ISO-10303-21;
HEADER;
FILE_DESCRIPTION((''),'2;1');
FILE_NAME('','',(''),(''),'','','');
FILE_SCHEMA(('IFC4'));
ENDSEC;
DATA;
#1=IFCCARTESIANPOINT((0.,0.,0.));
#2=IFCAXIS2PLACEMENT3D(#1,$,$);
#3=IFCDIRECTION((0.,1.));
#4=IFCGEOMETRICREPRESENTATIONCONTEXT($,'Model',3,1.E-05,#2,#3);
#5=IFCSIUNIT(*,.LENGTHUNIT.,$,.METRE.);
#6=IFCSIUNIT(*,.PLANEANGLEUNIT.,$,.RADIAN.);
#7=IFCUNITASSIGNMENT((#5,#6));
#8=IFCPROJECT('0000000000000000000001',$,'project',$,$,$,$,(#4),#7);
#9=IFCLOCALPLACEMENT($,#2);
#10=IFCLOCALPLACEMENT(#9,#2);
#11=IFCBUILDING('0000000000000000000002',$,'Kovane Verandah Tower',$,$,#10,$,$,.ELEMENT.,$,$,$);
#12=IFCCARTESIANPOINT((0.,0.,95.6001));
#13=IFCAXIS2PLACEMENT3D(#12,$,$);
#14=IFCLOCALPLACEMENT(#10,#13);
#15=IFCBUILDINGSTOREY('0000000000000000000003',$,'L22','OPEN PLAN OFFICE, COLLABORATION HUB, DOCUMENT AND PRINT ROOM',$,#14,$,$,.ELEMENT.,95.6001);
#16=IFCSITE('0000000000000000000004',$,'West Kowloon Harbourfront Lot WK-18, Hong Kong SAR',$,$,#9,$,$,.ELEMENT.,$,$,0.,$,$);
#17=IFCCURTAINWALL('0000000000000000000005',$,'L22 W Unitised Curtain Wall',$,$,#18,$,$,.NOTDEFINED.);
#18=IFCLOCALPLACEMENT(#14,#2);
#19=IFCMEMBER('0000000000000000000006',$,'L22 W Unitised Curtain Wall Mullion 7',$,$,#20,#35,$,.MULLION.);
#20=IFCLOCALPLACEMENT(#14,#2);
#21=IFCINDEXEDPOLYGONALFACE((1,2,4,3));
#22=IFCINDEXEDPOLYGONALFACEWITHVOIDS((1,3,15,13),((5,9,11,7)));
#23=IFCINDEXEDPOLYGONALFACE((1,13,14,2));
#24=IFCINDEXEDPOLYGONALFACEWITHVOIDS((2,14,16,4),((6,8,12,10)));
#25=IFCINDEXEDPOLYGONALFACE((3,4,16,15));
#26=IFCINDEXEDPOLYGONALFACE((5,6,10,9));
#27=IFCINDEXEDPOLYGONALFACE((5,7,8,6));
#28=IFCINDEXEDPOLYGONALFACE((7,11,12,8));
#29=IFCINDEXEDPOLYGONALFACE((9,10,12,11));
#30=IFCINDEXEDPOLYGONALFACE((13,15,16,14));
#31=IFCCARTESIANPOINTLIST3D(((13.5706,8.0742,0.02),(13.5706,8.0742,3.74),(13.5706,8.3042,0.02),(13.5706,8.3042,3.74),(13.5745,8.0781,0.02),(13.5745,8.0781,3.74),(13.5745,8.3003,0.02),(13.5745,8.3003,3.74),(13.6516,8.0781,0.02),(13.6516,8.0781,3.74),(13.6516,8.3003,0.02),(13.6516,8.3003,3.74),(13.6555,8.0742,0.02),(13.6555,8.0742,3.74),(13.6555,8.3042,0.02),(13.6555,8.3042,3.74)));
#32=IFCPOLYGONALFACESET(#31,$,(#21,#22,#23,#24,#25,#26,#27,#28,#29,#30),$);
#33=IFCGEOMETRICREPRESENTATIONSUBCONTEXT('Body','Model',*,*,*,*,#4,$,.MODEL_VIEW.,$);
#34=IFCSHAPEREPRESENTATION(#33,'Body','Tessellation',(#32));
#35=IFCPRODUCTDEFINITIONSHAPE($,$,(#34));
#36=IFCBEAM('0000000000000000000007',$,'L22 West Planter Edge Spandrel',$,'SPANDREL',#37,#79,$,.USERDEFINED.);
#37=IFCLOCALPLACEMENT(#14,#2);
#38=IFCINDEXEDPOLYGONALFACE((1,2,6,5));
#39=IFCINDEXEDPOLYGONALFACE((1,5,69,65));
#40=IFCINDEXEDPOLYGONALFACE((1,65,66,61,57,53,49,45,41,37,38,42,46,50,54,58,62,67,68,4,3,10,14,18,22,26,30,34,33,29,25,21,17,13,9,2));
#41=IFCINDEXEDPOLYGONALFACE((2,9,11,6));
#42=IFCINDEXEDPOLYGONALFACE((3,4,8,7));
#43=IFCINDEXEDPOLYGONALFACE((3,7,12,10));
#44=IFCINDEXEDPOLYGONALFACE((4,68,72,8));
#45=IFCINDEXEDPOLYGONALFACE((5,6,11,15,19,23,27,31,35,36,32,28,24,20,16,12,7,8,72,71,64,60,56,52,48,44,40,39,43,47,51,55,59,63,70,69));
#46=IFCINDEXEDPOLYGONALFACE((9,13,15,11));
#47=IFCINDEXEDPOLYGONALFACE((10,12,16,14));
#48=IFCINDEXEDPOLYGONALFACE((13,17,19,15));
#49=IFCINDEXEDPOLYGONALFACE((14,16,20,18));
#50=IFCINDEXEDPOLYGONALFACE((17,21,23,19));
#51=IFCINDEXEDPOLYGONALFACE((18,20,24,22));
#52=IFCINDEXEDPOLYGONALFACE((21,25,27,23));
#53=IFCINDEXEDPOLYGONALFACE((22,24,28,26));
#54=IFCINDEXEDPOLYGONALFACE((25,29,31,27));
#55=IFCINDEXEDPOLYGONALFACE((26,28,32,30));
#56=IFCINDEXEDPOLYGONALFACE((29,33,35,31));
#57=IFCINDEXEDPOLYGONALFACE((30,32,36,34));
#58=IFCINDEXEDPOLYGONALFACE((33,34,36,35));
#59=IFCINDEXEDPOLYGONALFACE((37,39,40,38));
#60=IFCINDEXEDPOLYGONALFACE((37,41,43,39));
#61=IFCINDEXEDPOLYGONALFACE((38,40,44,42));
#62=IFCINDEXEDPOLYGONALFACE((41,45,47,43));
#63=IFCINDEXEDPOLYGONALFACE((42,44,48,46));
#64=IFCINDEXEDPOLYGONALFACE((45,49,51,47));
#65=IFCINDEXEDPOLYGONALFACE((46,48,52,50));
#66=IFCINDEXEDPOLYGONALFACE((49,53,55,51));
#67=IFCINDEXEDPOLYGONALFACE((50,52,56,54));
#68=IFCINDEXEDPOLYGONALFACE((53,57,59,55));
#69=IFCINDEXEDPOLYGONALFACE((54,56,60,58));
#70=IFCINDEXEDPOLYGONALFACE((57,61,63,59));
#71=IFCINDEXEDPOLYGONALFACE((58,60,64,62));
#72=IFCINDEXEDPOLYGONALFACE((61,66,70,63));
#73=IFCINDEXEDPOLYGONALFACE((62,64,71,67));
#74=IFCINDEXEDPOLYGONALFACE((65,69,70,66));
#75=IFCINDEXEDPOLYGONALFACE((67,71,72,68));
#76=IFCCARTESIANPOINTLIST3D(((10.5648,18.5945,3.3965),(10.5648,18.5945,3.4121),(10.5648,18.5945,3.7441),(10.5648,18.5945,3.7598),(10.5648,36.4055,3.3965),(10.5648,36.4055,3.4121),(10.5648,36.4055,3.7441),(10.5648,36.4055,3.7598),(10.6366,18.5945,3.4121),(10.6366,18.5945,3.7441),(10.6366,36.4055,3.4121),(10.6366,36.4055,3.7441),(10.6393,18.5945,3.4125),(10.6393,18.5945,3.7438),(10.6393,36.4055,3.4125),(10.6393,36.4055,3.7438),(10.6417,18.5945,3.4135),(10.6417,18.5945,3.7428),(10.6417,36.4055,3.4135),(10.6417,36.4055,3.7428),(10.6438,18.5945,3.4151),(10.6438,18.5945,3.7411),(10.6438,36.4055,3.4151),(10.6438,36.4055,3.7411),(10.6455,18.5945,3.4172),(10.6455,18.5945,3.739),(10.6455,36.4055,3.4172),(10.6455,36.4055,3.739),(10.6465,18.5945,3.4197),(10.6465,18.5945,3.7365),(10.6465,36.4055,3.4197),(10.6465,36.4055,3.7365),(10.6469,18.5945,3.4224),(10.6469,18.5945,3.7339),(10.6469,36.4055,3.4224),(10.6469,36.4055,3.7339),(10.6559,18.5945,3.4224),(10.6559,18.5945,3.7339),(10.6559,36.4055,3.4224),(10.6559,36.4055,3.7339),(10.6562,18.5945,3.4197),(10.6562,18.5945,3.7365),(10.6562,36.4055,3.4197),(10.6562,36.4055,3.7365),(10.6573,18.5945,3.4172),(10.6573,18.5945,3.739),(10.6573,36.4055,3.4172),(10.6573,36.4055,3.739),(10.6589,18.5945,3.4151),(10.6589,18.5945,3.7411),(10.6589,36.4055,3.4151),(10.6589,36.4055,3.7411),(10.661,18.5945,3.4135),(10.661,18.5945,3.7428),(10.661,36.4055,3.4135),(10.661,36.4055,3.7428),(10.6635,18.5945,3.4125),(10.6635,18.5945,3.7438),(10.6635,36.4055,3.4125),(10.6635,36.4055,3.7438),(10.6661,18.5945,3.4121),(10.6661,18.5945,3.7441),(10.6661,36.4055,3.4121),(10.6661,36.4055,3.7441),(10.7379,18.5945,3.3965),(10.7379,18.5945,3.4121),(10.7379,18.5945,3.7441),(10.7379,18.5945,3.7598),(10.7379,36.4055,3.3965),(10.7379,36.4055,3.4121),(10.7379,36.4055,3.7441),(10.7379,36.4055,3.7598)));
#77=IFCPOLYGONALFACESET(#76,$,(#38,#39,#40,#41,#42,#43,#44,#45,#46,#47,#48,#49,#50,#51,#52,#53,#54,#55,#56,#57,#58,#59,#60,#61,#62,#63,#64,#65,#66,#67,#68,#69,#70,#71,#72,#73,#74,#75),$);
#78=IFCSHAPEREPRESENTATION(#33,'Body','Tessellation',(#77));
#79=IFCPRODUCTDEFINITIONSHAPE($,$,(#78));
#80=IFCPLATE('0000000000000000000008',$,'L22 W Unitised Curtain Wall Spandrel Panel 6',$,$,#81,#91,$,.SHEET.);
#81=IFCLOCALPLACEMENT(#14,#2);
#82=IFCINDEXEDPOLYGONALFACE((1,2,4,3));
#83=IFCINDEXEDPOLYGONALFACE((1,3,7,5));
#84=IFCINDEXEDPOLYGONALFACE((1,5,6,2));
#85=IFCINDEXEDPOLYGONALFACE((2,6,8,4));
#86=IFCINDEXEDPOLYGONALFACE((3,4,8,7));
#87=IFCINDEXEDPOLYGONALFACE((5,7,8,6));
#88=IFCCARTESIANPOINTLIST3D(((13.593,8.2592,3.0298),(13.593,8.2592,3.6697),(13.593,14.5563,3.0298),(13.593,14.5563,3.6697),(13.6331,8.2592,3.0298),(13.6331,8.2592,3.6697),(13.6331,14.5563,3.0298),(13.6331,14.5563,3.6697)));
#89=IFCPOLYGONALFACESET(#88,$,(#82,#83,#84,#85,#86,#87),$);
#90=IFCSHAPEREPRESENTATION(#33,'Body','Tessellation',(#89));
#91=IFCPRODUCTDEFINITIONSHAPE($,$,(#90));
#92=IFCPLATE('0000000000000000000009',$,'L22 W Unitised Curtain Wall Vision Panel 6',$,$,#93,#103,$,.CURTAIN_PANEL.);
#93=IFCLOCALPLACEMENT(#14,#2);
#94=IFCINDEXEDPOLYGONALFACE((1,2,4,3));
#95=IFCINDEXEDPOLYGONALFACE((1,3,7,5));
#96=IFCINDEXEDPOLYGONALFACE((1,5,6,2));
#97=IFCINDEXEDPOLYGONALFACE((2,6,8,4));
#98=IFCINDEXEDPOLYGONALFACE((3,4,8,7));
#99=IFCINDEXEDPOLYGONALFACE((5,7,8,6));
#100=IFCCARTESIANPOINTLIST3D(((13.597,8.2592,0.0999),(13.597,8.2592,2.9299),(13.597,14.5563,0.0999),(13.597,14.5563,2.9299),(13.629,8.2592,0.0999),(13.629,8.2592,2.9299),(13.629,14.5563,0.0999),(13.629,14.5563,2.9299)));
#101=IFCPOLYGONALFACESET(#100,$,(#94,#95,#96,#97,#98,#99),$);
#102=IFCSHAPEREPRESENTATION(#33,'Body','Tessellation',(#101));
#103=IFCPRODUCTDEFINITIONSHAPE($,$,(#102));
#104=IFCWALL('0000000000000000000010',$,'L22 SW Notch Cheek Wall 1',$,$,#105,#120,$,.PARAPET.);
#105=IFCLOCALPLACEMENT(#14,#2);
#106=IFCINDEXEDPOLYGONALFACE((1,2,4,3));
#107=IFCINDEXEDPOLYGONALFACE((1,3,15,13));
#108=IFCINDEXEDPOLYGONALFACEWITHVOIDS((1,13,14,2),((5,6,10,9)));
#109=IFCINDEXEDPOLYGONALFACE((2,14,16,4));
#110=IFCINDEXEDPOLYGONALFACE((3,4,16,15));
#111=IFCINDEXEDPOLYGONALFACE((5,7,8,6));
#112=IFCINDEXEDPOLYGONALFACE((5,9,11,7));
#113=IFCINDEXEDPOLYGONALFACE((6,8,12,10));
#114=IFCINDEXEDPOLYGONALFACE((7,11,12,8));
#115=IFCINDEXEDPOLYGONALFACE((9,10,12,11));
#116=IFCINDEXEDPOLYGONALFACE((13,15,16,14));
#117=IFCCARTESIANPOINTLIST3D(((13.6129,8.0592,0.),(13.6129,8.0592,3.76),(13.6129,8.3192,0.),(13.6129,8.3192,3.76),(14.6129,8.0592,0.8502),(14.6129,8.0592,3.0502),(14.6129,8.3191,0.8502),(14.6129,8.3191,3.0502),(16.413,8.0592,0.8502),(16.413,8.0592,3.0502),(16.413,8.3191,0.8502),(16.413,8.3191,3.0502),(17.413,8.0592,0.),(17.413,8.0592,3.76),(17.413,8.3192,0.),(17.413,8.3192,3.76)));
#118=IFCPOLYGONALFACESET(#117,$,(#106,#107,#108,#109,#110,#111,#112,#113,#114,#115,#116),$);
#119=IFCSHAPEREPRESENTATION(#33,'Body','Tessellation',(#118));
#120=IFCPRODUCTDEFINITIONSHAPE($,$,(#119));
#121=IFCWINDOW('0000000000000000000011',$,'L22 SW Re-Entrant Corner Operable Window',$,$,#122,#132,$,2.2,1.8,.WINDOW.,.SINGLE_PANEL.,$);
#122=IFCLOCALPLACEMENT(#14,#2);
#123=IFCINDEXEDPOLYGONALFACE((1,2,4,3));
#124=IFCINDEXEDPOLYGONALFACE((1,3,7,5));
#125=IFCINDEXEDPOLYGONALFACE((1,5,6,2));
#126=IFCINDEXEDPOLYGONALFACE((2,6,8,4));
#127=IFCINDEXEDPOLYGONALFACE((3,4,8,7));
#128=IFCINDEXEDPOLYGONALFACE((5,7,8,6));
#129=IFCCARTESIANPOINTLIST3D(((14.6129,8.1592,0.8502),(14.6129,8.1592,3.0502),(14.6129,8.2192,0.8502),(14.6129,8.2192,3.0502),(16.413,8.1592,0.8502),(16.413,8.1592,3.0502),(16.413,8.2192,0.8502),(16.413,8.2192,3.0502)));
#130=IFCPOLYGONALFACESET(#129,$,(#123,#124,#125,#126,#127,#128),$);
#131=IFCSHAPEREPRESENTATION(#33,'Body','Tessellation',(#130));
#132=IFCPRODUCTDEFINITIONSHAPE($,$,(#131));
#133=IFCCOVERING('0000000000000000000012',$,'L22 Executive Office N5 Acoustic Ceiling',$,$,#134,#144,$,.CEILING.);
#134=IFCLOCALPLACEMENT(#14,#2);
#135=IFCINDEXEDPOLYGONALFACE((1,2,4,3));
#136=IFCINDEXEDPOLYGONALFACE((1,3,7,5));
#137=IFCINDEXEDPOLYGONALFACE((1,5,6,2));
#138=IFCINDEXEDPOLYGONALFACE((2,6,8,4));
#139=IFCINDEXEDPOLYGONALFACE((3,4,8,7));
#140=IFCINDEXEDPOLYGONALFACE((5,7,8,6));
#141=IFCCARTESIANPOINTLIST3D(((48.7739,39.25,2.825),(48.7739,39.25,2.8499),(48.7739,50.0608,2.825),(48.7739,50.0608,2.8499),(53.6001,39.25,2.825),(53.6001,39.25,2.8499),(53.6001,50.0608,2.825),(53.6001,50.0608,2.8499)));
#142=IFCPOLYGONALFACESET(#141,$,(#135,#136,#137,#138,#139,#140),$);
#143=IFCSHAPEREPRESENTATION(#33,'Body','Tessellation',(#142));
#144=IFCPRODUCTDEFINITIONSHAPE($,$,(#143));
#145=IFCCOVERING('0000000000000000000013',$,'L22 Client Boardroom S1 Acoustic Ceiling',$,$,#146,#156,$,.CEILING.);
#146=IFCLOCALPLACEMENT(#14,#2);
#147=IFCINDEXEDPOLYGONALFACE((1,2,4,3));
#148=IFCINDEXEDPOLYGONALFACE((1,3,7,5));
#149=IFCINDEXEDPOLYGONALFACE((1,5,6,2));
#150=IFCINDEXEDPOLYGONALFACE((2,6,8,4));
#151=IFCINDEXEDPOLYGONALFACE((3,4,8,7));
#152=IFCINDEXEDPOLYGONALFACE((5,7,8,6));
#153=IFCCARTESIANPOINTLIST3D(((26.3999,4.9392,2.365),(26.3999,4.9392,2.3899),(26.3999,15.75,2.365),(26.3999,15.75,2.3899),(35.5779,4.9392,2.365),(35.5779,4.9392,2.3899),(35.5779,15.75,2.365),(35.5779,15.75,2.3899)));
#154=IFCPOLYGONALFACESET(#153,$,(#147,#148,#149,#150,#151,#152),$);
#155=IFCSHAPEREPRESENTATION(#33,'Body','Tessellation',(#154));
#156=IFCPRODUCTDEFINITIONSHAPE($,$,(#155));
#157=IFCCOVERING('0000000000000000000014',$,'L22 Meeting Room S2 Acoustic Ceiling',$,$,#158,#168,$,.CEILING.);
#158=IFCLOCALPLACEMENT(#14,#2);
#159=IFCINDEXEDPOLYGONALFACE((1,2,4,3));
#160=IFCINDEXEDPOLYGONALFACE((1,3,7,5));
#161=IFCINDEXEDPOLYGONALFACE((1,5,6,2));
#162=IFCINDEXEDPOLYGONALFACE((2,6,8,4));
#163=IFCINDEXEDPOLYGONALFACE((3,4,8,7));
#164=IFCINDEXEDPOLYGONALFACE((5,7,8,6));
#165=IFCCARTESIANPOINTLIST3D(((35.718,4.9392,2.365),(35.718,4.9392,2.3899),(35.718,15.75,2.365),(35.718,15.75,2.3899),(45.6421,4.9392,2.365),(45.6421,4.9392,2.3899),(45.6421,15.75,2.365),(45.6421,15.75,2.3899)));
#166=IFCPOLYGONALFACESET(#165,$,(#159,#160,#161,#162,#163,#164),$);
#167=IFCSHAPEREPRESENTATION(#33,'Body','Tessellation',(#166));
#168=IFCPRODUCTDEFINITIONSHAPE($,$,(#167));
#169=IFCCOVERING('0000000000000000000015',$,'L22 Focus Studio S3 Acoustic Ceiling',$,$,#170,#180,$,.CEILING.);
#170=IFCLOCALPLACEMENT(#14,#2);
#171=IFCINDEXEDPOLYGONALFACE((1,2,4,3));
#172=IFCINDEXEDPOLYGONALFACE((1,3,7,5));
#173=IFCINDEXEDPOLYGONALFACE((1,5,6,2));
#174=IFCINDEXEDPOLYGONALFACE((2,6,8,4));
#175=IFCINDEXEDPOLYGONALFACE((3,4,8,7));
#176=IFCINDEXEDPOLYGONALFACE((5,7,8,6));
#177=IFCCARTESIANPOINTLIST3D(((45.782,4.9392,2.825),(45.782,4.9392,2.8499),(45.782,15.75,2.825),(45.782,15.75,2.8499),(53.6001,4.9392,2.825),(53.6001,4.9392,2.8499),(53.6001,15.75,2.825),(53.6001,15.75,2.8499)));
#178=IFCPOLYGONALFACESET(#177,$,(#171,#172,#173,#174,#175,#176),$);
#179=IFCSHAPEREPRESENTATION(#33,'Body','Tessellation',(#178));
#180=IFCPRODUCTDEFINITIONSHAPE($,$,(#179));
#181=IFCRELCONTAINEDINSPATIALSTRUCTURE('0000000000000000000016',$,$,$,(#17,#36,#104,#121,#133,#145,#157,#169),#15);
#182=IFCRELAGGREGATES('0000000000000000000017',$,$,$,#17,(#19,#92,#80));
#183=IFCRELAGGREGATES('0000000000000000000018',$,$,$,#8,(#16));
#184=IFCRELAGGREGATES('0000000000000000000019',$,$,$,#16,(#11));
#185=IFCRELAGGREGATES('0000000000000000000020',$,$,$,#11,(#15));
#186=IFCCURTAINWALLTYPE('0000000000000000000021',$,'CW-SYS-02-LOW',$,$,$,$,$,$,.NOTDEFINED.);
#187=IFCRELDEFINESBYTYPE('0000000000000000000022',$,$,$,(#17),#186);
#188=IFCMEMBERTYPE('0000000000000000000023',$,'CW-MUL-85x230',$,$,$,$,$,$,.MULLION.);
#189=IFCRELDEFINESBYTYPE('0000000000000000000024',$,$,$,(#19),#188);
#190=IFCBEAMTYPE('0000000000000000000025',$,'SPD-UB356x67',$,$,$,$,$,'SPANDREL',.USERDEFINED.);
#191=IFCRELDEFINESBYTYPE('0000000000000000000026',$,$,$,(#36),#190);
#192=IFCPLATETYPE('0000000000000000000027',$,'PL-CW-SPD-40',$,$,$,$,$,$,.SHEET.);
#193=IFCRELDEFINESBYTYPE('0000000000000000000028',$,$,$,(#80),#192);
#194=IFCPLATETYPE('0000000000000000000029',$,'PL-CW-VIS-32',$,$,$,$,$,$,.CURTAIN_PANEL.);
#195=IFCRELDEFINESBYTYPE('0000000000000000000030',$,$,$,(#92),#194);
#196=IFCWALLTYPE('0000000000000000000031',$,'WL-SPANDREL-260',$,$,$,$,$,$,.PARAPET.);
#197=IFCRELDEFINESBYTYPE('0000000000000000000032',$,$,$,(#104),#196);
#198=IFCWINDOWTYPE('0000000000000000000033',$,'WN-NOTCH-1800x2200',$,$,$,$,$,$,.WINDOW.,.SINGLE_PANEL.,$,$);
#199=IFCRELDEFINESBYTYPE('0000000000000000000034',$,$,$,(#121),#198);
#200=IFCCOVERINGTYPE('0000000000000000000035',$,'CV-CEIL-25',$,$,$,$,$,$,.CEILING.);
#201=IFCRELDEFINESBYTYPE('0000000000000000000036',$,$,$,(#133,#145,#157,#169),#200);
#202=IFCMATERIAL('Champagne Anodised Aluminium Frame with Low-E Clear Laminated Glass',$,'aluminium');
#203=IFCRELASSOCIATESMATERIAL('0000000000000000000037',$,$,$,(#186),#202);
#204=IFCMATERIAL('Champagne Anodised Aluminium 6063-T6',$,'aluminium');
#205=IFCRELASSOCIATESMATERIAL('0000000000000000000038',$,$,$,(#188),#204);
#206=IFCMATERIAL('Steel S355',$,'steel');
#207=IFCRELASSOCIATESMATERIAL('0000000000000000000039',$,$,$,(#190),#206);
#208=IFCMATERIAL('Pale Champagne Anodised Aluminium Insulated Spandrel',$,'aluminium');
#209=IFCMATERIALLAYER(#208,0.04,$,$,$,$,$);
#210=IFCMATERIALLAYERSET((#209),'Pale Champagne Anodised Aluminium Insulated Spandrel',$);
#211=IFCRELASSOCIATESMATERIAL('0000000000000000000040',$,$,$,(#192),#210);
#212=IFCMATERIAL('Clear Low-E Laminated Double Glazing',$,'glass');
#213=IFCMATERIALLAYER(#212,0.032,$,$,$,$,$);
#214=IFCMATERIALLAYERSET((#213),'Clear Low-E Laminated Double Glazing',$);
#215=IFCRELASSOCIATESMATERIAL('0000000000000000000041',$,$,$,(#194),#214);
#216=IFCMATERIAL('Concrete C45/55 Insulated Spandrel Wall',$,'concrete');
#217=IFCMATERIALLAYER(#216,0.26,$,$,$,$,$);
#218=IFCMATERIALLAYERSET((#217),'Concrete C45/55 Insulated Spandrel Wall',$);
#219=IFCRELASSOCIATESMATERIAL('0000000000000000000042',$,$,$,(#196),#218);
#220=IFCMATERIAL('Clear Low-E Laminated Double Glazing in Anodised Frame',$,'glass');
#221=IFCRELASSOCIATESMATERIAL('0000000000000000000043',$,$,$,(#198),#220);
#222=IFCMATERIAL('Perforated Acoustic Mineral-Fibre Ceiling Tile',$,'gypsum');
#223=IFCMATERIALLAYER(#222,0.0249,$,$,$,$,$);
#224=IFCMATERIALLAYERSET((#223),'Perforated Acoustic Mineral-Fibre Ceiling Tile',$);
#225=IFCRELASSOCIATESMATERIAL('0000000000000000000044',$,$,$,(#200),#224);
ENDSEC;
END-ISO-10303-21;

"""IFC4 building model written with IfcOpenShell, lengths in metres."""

from ifc_helpers import new_model, si_unit, direction, frame, frame_2d, origin, origin_2d, place, context, subcontext, project, spatial, polyline, rectangle, hollow_rectangle, i_section, outline, extrude, material, layer, layer_set, material_profile, profile_set, type_object, element, fill, aggregate, save


model = new_model("IFC4")

# Units and contexts
model_context = context("Model", 3, precision=1e-05, world=origin(), true_north=direction((0.0, 1.0)))
body_context = subcontext(model_context, "Body", "Model", "MODEL_VIEW")
ifc_project = project(units=[si_unit("LENGTHUNIT", "METRE"), si_unit("PLANEANGLEUNIT", "RADIAN")], contexts=[model_context])

# Site, building, storey
site_placement = place(None, origin())
site = spatial("IfcSite", under=ifc_project, at=site_placement, Name="West Kowloon Harbourfront Lot WK-18, Hong Kong SAR", CompositionType="ELEMENT", RefElevation=0.0)
building_placement = place(site_placement, origin())
building = spatial("IfcBuilding", under=site, at=building_placement, Name="Kovane Verandah Tower", CompositionType="ELEMENT")
storey_placement = place(building_placement, frame((0.0, 0.0, 95.6001)))
storey = spatial("IfcBuildingStorey", under=building, at=storey_placement, Name="L22", Description="OPEN PLAN OFFICE, COLLABORATION HUB, DOCUMENT AND PRINT ROOM", CompositionType="ELEMENT", Elevation=95.6001)

# Curtain wall, member
ifc_material_1 = material(Name="Champagne Anodised Aluminium Frame with Low-E Clear Laminated Glass", Category="aluminium")
curtain_wall_type = type_object("IfcCurtainWallType", Name="CW-SYS-02-LOW", PredefinedType="NOTDEFINED", material=ifc_material_1)
curtain_wall_placement = place(storey_placement, origin())
curtain_wall = element("IfcCurtainWall", 1, at=curtain_wall_placement, inside=storey, type_object=curtain_wall_type, Name="L22 W Unitised Curtain Wall", PredefinedType="NOTDEFINED")
ifc_material_2 = material(Name="Champagne Anodised Aluminium 6063-T6", Category="aluminium")
ifc_material_profile_1 = material_profile(ifc_material_2, hollow_rectangle(XDim=0.085, YDim=0.23, WallThickness=0.0039, at=origin_2d()), Name="AL85x230x4")
ifc_profile_set_1 = profile_set([ifc_material_profile_1], Name="Champagne Anodised Aluminium 6063-T6")
member_type = type_object("IfcMemberType", Name="CW-MUL-85x230", PredefinedType="MULLION", material=ifc_profile_set_1)
member_placement = place(storey_placement, frame((13.613, 8.1892, 0.02), z_axis=(0.0, 0.0, 1.0), x_axis=(-1.0, 0.0, 0.0)))
member = element("IfcMember", 2, at=member_placement, type_object=member_type, Name="L22 W Unitised Curtain Wall Mullion 7", PredefinedType="MULLION", context=body_context, shape_type="SweptSolid", body=[
    extrude(hollow_rectangle(XDim=0.085, YDim=0.23, WallThickness=0.0039, at=origin_2d()), origin(), (0.0, 0.0, 1.0), 3.72),
])

# Beam
ifc_material_3 = material(Name="Steel S355", Category="steel")
ifc_material_profile_2 = material_profile(ifc_material_3, i_section(OverallWidth=0.1731, OverallDepth=0.3633, WebThickness=0.009, FlangeThickness=0.0156, FilletRadius=0.0103, at=origin_2d()), Name="UB356x171x67")
ifc_profile_set_2 = profile_set([ifc_material_profile_2], Name="Steel S355")
beam_type = type_object("IfcBeamType", Name="SPD-UB356x67", ElementType="SPANDREL", PredefinedType="USERDEFINED", material=ifc_profile_set_2)
beam_placement = place(storey_placement, frame((10.6514, 18.5945, 3.5781), z_axis=(0.0, 1.0, 0.0), x_axis=(-1.0, 0.0, 0.0)))
element("IfcBeam", 3, at=beam_placement, inside=storey, type_object=beam_type, Name="L22 West Planter Edge Spandrel", ObjectType="SPANDREL", PredefinedType="USERDEFINED", context=body_context, shape_type="SweptSolid", body=[
    extrude(i_section(OverallWidth=0.1731, OverallDepth=0.3633, WebThickness=0.009, FlangeThickness=0.0156, FilletRadius=0.0103, at=origin_2d()), origin(), (0.0, 0.0, 1.0), 17.811),
])

# Plates
ifc_material_4 = material(Name="Pale Champagne Anodised Aluminium Insulated Spandrel", Category="aluminium")
ifc_layer_1 = layer(ifc_material_4, 0.04)
ifc_layer_set_1 = layer_set([ifc_layer_1], Name="Pale Champagne Anodised Aluminium Insulated Spandrel")
plate_type_1 = type_object("IfcPlateType", Name="PL-CW-SPD-40", PredefinedType="SHEET", material=ifc_layer_set_1)
plate_1_placement = place(storey_placement, frame((13.613, 11.4077, 3.0298), z_axis=(0.0, 0.0, 1.0), x_axis=(0.0, -1.0, 0.0)))
plate_1 = element("IfcPlate", 4, at=plate_1_placement, type_object=plate_type_1, Name="L22 W Unitised Curtain Wall Spandrel Panel 6", PredefinedType="SHEET", context=body_context, shape_type="SweptSolid", body=[
    extrude(rectangle(XDim=6.2971, YDim=0.04, at=origin_2d()), origin(), (0.0, 0.0, 1.0), 0.6399),
])
ifc_material_5 = material(Name="Clear Low-E Laminated Double Glazing", Category="glass")
ifc_layer_2 = layer(ifc_material_5, 0.032)
ifc_layer_set_2 = layer_set([ifc_layer_2], Name="Clear Low-E Laminated Double Glazing")
plate_type_2 = type_object("IfcPlateType", Name="PL-CW-VIS-32", PredefinedType="CURTAIN_PANEL", material=ifc_layer_set_2)
plate_2_placement = place(storey_placement, frame((13.613, 11.4077, 0.0999), z_axis=(0.0, 0.0, 1.0), x_axis=(0.0, -1.0, 0.0)))
plate_2 = element("IfcPlate", 5, at=plate_2_placement, type_object=plate_type_2, Name="L22 W Unitised Curtain Wall Vision Panel 6", PredefinedType="CURTAIN_PANEL", context=body_context, shape_type="SweptSolid", body=[
    extrude(rectangle(XDim=6.2971, YDim=0.032, at=origin_2d()), origin(), (0.0, 0.0, 1.0), 2.8301),
])
aggregate(curtain_wall, [member, plate_2, plate_1])

# Wall, opening, window
ifc_material_6 = material(Name="Concrete C45/55 Insulated Spandrel Wall", Category="concrete")
ifc_layer_3 = layer(ifc_material_6, 0.26)
ifc_layer_set_3 = layer_set([ifc_layer_3], Name="Concrete C45/55 Insulated Spandrel Wall")
wall_type = type_object("IfcWallType", Name="WL-SPANDREL-260", PredefinedType="PARAPET", material=ifc_layer_set_3)
wall_placement = place(storey_placement, frame((13.613, 8.1892, 0.0), z_axis=(0.0, 0.0, 1.0), x_axis=(1.0, 0.0, 0.0)))
wall = element("IfcWall", 6, at=wall_placement, inside=storey, type_object=wall_type, Name="L22 SW Notch Cheek Wall 1", PredefinedType="PARAPET", context=body_context, shape_type="SweptSolid", body=[
    extrude(rectangle(XDim=3.8, YDim=0.26, at=frame_2d((1.8999, 0.0))), origin(), (0.0, 0.0, 1.0), 3.76),
])
opening_placement = place(wall_placement, frame((1.0, 0.0, 0.8501)))
opening = element("IfcOpeningElement", 7, at=opening_placement, cuts=wall, PredefinedType="OPENING", context=body_context, shape_type="SweptSolid", body=[
    extrude(rectangle(XDim=1.8, YDim=2.2, at=frame_2d((0.8999, 1.1001))), frame((0.0, 0.1299, 0.0), z_axis=(0.0, -1.0, 0.0), x_axis=(1.0, 0.0, 0.0)), (0.0, 0.0, 1.0), 0.26),
])
ifc_material_7 = material(Name="Clear Low-E Laminated Double Glazing in Anodised Frame", Category="glass")
window_type = type_object("IfcWindowType", Name="WN-NOTCH-1800x2200", PartitioningType="SINGLE_PANEL", PredefinedType="WINDOW", material=ifc_material_7)
window_placement = place(opening_placement, origin())
window = element("IfcWindow", 8, at=window_placement, inside=storey, type_object=window_type, Name="L22 SW Re-Entrant Corner Operable Window", OverallHeight=2.2, OverallWidth=1.8, PartitioningType="SINGLE_PANEL", PredefinedType="WINDOW", context=body_context, shape_type="SweptSolid", body=[
    extrude(rectangle(XDim=1.8, YDim=2.2, at=frame_2d((0.8999, 1.1001))), frame((0.0, 0.03, 0.0), z_axis=(0.0, -1.0, 0.0), x_axis=(1.0, 0.0, 0.0)), (0.0, 0.0, 1.0), 0.0601),
])
fill(opening, window)

# Coverings
ifc_material_8 = material(Name="Perforated Acoustic Mineral-Fibre Ceiling Tile", Category="gypsum")
ifc_layer_4 = layer(ifc_material_8, 0.0249)
ifc_layer_set_4 = layer_set([ifc_layer_4], Name="Perforated Acoustic Mineral-Fibre Ceiling Tile")
covering_type_1 = type_object("IfcCoveringType", Name="CV-CEIL-25", PredefinedType="CEILING", material=ifc_layer_set_4)
covering_1_placement = place(storey_placement, frame((0.0, 0.0, 2.825)))
element("IfcCovering", 9, at=covering_1_placement, inside=storey, type_object=covering_type_1, Name="L22 Executive Office N5 Acoustic Ceiling", PredefinedType="CEILING", context=body_context, shape_type="SweptSolid", body=[
    extrude(outline(polyline([(48.7739, 39.25), (53.6001, 39.25), (53.6001, 50.0608), (48.7739, 50.0608), (48.7739, 39.25)])), origin(), (0.0, 0.0, 1.0), 0.0249),
])
covering_2_placement = place(storey_placement, frame((0.0, 0.0, 2.365)))
element("IfcCovering", 10, at=covering_2_placement, inside=storey, type_object=covering_type_1, Name="L22 Client Boardroom S1 Acoustic Ceiling", PredefinedType="CEILING", context=body_context, shape_type="SweptSolid", body=[
    extrude(outline(polyline([(26.3999, 4.9392), (35.5779, 4.9392), (35.5779, 15.75), (26.3999, 15.75), (26.3999, 4.9392)])), origin(), (0.0, 0.0, 1.0), 0.0249),
])
covering_3_placement = place(storey_placement, frame((0.0, 0.0, 2.365)))
element("IfcCovering", 11, at=covering_3_placement, inside=storey, type_object=covering_type_1, Name="L22 Meeting Room S2 Acoustic Ceiling", PredefinedType="CEILING", context=body_context, shape_type="SweptSolid", body=[
    extrude(outline(polyline([(35.718, 4.9392), (45.6421, 4.9392), (45.6421, 15.75), (35.718, 15.75), (35.718, 4.9392)])), origin(), (0.0, 0.0, 1.0), 0.0249),
])
covering_4_placement = place(storey_placement, frame((0.0, 0.0, 2.825)))
element("IfcCovering", 12, at=covering_4_placement, inside=storey, type_object=covering_type_1, Name="L22 Focus Studio S3 Acoustic Ceiling", PredefinedType="CEILING", context=body_context, shape_type="SweptSolid", body=[
    extrude(outline(polyline([(45.782, 4.9392), (53.6001, 4.9392), (53.6001, 15.75), (45.782, 15.75), (45.782, 4.9392)])), origin(), (0.0, 0.0, 1.0), 0.0249),
])

save(model, "model.ifc")
